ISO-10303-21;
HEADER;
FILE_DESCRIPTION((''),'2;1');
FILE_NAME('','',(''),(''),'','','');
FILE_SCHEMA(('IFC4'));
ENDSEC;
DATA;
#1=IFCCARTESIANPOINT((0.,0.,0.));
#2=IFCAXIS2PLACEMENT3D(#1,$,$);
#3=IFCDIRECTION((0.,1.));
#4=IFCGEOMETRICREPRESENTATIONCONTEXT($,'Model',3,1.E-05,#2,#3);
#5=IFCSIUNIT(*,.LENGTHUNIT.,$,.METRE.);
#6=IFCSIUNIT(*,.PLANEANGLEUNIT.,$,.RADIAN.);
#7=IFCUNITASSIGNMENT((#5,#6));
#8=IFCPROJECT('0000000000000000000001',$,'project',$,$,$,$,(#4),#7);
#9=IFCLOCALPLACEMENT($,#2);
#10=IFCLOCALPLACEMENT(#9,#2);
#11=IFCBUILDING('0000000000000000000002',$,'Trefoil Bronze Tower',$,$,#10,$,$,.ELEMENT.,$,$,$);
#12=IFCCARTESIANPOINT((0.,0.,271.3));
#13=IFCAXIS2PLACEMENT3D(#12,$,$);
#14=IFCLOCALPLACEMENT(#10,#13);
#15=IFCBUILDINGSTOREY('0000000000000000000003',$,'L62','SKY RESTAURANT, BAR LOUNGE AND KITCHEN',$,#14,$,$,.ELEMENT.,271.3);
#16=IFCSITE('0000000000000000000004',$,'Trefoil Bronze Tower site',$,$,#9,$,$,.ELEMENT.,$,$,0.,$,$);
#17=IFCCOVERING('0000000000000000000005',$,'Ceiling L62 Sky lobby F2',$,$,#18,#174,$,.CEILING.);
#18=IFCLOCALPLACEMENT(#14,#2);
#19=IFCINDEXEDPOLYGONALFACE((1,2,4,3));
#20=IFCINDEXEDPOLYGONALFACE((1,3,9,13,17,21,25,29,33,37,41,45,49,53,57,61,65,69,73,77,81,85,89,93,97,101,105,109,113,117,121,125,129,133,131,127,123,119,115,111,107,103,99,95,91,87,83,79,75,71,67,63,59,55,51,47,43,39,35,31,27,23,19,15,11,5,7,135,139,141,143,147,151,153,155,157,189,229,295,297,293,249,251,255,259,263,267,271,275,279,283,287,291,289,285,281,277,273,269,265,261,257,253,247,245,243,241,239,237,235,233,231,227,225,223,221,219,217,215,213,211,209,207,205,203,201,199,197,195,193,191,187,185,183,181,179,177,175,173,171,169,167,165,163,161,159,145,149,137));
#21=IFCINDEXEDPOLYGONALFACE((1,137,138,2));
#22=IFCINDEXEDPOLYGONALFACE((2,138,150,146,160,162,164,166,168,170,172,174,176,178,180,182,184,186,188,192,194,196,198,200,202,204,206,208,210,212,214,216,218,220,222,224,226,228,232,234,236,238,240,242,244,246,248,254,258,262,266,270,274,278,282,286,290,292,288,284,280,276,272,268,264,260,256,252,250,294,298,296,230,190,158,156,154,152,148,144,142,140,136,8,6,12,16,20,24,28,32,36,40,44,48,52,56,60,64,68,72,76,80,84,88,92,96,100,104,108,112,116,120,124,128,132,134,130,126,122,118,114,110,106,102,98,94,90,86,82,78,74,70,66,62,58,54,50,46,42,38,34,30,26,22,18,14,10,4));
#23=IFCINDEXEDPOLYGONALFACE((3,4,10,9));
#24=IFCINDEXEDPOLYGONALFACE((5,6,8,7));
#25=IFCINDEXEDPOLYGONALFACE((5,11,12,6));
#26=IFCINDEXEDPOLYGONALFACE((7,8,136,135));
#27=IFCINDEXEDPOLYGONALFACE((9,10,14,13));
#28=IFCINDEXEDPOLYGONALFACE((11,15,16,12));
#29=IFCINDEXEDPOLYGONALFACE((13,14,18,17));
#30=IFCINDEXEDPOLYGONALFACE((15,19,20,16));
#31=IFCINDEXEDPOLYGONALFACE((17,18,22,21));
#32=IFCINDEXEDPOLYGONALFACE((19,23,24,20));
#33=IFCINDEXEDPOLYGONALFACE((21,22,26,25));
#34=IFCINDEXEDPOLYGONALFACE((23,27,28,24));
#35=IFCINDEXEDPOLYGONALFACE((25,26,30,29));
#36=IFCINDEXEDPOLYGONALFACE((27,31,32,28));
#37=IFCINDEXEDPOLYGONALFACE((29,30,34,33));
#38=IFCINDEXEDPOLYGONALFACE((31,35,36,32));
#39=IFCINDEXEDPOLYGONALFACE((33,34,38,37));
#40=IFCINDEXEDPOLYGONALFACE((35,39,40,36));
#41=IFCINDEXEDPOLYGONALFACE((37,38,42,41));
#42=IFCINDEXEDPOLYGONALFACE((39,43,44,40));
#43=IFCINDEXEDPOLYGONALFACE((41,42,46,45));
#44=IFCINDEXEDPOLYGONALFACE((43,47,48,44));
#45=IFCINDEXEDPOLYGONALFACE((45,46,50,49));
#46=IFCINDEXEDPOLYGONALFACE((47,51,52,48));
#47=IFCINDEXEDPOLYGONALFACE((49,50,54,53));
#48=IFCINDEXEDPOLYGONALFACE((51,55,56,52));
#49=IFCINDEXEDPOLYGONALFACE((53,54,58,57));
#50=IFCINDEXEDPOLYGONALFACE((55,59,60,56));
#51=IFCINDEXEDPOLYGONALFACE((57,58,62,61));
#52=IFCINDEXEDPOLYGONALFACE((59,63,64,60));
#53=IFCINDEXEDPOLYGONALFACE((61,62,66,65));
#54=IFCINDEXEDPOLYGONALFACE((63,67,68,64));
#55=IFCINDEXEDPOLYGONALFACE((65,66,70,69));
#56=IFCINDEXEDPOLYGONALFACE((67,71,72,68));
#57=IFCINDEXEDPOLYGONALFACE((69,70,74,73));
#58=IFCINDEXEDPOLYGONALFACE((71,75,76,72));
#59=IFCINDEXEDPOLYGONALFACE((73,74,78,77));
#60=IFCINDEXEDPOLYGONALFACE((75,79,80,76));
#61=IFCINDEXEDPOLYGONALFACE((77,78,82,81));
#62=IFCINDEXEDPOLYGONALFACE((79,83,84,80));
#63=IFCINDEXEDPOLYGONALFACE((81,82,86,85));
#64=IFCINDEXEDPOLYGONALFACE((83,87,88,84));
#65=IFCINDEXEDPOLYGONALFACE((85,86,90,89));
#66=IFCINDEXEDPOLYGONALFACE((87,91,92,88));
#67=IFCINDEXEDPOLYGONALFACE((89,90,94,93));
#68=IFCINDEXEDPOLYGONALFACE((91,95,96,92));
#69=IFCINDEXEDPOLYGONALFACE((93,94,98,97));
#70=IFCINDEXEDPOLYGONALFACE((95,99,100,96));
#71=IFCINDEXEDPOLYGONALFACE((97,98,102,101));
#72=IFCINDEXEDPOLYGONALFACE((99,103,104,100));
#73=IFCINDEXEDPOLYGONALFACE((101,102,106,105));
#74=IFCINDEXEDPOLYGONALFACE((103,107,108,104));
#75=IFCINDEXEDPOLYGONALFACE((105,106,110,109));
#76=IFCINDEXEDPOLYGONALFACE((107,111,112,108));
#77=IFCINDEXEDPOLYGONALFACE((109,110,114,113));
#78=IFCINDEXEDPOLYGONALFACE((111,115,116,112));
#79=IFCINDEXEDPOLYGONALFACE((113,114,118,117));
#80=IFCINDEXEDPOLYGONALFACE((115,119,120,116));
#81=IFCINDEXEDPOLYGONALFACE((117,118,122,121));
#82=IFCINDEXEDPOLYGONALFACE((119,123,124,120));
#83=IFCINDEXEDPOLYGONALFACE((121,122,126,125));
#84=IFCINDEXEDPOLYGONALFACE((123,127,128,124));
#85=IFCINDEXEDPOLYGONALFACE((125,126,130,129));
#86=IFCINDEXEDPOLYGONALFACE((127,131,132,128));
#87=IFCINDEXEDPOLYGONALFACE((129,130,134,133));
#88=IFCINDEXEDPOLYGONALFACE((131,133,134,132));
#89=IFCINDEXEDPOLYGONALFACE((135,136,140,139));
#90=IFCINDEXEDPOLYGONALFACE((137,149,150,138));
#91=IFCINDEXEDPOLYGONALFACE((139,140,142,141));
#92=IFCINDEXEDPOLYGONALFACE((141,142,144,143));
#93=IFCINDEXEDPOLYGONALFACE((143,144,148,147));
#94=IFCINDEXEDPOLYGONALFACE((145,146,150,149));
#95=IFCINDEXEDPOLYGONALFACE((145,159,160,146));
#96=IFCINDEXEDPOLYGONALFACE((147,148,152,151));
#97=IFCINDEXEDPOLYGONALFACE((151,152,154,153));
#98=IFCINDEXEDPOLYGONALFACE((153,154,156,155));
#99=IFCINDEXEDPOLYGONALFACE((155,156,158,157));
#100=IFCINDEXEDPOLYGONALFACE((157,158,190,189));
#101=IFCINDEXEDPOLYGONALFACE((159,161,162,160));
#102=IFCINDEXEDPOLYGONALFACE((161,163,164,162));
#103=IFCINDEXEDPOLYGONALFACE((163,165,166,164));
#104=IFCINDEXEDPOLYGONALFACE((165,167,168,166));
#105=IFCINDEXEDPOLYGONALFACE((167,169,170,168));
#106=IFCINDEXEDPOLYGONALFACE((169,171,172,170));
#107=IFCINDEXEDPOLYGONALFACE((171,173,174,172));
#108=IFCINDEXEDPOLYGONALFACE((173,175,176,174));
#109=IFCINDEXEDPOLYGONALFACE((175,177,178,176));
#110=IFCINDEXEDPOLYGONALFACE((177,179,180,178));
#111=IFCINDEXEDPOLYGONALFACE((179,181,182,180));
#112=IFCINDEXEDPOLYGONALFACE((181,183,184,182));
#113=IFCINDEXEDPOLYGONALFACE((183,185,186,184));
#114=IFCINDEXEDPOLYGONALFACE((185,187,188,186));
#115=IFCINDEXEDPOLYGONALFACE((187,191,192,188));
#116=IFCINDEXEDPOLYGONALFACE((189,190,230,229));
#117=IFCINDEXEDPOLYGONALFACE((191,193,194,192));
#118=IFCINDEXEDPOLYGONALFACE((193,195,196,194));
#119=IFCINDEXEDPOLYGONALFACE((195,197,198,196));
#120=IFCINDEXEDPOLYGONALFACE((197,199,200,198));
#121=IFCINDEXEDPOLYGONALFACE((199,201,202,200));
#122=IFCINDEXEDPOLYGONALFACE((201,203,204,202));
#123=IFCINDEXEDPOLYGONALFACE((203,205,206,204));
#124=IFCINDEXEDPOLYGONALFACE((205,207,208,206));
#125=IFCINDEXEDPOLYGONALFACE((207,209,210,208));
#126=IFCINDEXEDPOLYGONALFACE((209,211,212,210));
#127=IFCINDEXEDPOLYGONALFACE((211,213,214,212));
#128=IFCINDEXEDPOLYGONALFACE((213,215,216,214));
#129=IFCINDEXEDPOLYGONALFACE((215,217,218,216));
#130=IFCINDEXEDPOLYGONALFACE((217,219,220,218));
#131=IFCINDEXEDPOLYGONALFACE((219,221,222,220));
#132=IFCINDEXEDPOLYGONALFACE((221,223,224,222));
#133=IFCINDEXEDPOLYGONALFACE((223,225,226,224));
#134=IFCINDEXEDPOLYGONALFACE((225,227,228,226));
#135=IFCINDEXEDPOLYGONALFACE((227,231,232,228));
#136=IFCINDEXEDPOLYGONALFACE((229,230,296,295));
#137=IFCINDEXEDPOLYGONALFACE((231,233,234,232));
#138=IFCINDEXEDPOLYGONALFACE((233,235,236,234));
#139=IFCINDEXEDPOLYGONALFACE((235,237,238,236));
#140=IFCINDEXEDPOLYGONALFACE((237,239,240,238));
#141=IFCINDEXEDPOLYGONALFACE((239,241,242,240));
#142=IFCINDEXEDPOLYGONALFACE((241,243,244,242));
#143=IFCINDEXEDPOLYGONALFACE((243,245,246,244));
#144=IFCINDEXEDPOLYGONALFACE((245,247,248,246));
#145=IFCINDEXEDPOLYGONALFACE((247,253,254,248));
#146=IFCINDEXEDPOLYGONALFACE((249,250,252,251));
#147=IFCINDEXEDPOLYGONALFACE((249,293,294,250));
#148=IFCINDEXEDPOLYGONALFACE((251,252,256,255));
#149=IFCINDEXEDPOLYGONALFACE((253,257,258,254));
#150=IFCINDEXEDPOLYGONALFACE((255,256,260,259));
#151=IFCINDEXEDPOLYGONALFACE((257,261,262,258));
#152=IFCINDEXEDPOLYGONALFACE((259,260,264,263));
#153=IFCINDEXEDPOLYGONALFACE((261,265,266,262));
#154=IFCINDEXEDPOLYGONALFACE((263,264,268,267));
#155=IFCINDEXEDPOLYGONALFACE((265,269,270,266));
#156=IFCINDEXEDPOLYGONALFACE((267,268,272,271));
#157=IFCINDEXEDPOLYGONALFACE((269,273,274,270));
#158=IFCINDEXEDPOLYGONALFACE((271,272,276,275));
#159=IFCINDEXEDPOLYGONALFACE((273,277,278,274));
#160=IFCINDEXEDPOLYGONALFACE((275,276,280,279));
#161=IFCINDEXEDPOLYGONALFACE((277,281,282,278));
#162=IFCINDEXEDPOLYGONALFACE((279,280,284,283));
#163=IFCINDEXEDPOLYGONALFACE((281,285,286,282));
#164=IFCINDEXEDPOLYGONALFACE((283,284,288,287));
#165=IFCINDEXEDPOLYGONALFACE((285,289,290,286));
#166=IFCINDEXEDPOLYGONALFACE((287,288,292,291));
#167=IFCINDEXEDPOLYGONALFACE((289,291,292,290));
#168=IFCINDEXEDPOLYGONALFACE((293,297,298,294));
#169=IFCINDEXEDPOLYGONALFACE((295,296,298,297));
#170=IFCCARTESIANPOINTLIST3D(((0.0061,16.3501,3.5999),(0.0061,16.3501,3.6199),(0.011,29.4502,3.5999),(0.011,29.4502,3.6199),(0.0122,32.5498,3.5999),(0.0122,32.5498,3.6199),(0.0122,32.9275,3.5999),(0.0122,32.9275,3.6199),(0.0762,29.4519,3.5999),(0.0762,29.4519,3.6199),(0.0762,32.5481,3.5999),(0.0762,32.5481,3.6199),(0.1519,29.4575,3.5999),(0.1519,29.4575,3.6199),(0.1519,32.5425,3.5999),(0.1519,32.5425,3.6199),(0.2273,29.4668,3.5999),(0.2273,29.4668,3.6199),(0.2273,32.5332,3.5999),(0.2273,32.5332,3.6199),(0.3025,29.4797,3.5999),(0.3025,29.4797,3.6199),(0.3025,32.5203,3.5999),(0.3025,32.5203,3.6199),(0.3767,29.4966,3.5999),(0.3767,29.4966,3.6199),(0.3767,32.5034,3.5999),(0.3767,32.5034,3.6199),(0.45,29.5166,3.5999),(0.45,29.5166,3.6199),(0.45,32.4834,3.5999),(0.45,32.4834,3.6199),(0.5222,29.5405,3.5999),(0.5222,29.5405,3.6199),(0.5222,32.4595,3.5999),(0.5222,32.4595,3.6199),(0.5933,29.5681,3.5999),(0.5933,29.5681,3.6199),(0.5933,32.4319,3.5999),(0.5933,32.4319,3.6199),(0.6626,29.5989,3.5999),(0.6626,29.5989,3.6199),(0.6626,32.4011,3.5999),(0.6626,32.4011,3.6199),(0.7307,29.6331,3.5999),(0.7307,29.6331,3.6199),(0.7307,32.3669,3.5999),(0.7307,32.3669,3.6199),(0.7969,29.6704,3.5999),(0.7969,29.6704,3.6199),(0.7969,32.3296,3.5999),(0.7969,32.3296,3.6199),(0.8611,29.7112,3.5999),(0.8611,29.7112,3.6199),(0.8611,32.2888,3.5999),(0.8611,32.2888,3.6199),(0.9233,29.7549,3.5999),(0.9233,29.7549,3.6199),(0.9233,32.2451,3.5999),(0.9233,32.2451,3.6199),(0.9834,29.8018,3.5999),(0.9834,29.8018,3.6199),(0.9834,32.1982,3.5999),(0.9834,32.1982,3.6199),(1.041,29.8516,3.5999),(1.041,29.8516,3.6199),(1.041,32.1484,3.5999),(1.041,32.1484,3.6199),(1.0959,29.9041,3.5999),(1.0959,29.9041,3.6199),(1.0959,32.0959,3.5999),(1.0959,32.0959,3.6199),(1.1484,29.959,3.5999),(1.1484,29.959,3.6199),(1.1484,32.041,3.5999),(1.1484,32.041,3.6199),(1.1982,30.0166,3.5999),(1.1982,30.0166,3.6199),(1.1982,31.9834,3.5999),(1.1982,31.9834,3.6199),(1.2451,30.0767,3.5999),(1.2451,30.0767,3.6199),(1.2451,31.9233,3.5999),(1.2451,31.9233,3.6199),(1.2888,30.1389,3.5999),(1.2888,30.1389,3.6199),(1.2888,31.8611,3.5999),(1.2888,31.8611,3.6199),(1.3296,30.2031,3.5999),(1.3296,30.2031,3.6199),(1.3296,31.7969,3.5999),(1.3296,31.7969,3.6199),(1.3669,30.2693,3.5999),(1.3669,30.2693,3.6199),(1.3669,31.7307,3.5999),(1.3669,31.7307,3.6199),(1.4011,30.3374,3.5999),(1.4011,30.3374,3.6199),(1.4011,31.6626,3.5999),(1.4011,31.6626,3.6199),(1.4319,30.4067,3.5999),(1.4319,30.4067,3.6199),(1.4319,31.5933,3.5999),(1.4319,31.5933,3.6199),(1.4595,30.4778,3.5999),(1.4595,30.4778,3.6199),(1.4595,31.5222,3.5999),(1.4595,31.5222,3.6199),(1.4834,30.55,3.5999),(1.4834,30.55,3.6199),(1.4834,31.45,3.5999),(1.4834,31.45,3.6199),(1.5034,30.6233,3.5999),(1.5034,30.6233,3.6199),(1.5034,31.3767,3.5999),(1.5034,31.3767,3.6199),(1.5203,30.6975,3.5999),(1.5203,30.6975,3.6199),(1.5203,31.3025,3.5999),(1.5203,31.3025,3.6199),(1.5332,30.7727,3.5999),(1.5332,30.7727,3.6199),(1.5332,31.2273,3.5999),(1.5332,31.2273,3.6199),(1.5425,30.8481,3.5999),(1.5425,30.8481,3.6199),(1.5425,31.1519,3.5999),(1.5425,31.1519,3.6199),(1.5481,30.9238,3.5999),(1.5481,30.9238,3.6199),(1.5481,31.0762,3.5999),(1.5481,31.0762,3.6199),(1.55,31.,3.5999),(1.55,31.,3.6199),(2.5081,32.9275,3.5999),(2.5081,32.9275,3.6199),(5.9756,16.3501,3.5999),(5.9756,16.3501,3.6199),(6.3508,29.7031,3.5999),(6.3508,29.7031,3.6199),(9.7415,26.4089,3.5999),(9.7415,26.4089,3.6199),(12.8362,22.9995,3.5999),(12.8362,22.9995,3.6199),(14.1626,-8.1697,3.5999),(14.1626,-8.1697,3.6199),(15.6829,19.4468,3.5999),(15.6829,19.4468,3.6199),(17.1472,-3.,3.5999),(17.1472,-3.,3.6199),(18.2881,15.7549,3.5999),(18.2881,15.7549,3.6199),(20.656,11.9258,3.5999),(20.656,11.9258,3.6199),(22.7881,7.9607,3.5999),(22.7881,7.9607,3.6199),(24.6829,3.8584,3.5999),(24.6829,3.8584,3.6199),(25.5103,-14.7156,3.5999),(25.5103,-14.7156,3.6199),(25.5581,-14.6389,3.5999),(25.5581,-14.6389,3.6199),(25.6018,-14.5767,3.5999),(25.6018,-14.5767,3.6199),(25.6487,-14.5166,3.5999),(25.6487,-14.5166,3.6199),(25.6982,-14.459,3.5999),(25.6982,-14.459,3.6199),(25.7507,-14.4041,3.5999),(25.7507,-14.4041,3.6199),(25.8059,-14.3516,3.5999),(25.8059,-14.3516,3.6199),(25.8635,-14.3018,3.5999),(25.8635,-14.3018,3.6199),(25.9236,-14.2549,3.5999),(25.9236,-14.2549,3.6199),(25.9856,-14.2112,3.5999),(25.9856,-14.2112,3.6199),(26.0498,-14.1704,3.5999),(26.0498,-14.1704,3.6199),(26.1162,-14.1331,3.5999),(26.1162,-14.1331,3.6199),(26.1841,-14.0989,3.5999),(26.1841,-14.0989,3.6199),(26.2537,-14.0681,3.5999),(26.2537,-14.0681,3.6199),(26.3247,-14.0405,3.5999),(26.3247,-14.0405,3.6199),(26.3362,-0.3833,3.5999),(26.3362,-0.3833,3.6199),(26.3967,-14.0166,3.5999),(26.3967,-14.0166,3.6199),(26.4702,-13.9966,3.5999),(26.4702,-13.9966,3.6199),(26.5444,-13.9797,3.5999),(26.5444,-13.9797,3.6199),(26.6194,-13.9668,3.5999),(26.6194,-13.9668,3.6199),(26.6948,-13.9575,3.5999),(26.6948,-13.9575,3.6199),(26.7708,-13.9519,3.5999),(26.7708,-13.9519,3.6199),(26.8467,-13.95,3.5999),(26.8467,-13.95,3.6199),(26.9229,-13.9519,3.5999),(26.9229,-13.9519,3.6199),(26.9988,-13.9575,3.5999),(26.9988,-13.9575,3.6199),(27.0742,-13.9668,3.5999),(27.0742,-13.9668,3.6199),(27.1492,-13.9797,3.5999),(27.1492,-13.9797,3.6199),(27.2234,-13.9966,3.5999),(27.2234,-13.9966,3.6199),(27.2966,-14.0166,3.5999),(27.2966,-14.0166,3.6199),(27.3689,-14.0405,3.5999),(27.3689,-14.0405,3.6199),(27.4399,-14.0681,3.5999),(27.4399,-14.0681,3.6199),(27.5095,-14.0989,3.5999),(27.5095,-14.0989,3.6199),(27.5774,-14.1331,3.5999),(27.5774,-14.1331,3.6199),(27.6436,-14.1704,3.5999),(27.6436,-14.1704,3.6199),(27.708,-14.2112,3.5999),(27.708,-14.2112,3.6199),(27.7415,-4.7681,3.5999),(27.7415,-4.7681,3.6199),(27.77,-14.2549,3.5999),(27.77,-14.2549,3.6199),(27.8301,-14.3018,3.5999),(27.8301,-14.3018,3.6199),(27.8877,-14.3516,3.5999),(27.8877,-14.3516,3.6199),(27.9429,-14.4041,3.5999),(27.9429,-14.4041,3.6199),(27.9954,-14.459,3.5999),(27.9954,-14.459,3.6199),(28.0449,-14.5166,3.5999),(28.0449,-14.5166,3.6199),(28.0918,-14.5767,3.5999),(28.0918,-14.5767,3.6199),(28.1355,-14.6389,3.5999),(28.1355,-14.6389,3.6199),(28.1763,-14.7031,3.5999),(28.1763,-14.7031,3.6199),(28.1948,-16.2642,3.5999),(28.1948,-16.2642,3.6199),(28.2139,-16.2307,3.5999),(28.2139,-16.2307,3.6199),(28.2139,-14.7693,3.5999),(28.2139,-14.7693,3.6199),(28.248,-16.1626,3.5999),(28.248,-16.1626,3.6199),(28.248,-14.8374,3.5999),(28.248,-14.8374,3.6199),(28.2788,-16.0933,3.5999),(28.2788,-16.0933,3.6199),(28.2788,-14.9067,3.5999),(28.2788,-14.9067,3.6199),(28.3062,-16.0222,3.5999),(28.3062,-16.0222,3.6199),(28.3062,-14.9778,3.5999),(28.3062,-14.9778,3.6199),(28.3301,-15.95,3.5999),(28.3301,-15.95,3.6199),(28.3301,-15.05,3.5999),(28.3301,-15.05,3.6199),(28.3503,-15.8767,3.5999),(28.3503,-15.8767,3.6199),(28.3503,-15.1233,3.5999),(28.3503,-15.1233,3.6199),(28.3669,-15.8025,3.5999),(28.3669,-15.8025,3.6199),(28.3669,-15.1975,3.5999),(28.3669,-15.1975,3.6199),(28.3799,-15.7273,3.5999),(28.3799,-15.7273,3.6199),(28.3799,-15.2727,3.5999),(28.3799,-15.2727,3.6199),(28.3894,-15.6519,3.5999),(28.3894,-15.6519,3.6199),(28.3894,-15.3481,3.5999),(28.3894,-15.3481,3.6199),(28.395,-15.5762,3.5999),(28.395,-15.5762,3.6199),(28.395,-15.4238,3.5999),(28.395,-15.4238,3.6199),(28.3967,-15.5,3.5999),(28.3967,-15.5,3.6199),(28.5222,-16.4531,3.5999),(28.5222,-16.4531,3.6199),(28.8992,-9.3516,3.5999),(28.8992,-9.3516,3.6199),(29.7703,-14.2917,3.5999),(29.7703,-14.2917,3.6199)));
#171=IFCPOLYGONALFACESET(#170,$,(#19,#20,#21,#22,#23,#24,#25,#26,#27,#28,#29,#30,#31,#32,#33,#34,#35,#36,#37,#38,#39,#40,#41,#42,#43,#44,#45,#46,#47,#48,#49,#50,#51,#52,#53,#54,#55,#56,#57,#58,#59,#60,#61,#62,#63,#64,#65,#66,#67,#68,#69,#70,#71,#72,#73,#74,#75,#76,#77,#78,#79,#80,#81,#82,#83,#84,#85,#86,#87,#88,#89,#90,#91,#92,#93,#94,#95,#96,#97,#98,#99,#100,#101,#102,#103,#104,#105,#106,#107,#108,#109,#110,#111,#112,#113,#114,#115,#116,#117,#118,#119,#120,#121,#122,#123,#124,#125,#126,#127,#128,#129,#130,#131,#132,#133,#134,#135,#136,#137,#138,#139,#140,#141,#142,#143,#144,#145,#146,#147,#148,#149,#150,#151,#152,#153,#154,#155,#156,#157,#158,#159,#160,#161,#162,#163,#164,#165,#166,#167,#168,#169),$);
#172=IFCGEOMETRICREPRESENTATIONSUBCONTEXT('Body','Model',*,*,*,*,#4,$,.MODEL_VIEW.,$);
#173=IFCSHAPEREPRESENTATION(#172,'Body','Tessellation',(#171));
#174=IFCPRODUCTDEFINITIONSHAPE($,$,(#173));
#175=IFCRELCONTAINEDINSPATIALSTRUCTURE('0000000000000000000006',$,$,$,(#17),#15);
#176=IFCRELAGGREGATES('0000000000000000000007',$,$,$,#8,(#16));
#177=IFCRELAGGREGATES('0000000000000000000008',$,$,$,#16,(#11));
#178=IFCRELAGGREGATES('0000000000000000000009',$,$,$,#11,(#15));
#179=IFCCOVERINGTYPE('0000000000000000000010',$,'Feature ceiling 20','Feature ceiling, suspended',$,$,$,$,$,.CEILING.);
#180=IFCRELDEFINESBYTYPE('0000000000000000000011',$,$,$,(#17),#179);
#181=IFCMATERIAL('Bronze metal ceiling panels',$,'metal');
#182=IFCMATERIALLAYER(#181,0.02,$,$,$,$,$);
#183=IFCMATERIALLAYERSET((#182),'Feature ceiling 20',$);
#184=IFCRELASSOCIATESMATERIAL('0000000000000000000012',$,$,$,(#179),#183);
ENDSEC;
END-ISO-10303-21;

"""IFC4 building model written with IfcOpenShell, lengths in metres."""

from ifc_helpers import new_model, si_unit, direction, frame, origin, place, context, subcontext, project, spatial, polyline, outline, extrude, material, layer, layer_set, type_object, element, save


model = new_model("IFC4")

# Units and contexts
model_context = context("Model", 3, precision=1e-05, world=origin(), true_north=direction((0.0, 1.0)))
body_context = subcontext(model_context, "Body", "Model", "MODEL_VIEW")
ifc_project = project(units=[si_unit("LENGTHUNIT", "METRE"), si_unit("PLANEANGLEUNIT", "RADIAN")], contexts=[model_context])

# Site, building, storey
site_placement = place(None, origin())
site = spatial("IfcSite", under=ifc_project, at=site_placement, Name="Trefoil Bronze Tower site", CompositionType="ELEMENT", RefElevation=0.0)
building_placement = place(site_placement, origin())
building = spatial("IfcBuilding", under=site, at=building_placement, Name="Trefoil Bronze Tower", CompositionType="ELEMENT")
storey_placement = place(building_placement, frame((0.0, 0.0, 271.3)))
storey = spatial("IfcBuildingStorey", under=building, at=storey_placement, Name="L62", Description="SKY RESTAURANT, BAR LOUNGE AND KITCHEN", CompositionType="ELEMENT", Elevation=271.3)

# Covering
ifc_material_1 = material(Name="Bronze metal ceiling panels", Category="metal")
ifc_layer_1 = layer(ifc_material_1, 0.02)
ifc_layer_set_1 = layer_set([ifc_layer_1], Name="Feature ceiling 20")
covering_type_1 = type_object("IfcCoveringType", Name="Feature ceiling 20", Description="Feature ceiling, suspended", PredefinedType="CEILING", material=ifc_layer_set_1)
covering_1_placement = place(storey_placement, frame((0.0, 0.0, 3.5999)))
element("IfcCovering", 1, at=covering_1_placement, inside=storey, type_object=covering_type_1, Name="Ceiling L62 Sky lobby F2", PredefinedType="CEILING", context=body_context, shape_type="SweptSolid", body=[
    extrude(outline(polyline([(9.7415, 26.4089), (12.8362, 22.9995), (15.6829, 19.4468), (18.2881, 15.7549), (20.656, 11.9258), (22.7881, 7.9607), (24.6829, 3.8584), (26.3362, -0.3833), (27.7415, -4.7681), (28.8992, -9.3516), (29.7703, -14.2917), (28.5222, -16.4531), (28.1948, -16.2642), (28.2139, -16.2307), (28.248, -16.1626), (28.2788, -16.0933), (28.3062, -16.0222), (28.3301, -15.95), (28.3503, -15.8767), (28.3669, -15.8025), (28.3799, -15.7273), (28.3894, -15.6519), (28.395, -15.5762), (28.3967, -15.5), (28.395, -15.4238), (28.3894, -15.3481), (28.3799, -15.2727), (28.3669, -15.1975), (28.3503, -15.1233), (28.3301, -15.05), (28.3062, -14.9778), (28.2788, -14.9067), (28.248, -14.8374), (28.2139, -14.7693), (28.1763, -14.7031), (28.1355, -14.6389), (28.0918, -14.5767), (28.0449, -14.5166), (27.9954, -14.459), (27.9429, -14.4041), (27.8877, -14.3516), (27.8301, -14.3018), (27.77, -14.2549), (27.708, -14.2112), (27.6436, -14.1704), (27.5774, -14.1331), (27.5095, -14.0989), (27.4399, -14.0681), (27.3689, -14.0405), (27.2966, -14.0166), (27.2234, -13.9966), (27.1492, -13.9797), (27.0742, -13.9668), (26.9988, -13.9575), (26.9229, -13.9519), (26.8467, -13.95), (26.7708, -13.9519), (26.6948, -13.9575), (26.6194, -13.9668), (26.5444, -13.9797), (26.4702, -13.9966), (26.3967, -14.0166), (26.3247, -14.0405), (26.2537, -14.0681), (26.1841, -14.0989), (26.1162, -14.1331), (26.0498, -14.1704), (25.9856, -14.2112), (25.9236, -14.2549), (25.8635, -14.3018), (25.8059, -14.3516), (25.7507, -14.4041), (25.6982, -14.459), (25.6487, -14.5166), (25.6018, -14.5767), (25.5581, -14.6389), (25.5103, -14.7156), (14.1626, -8.1697), (17.1472, -3.0), (5.9756, 16.3501), (0.0061, 16.3501), (0.011, 29.4502), (0.0762, 29.4519), (0.1519, 29.4575), (0.2273, 29.4668), (0.3025, 29.4797), (0.3767, 29.4966), (0.45, 29.5166), (0.5222, 29.5405), (0.5933, 29.5681), (0.6626, 29.5989), (0.7307, 29.6331), (0.7969, 29.6704), (0.8611, 29.7112), (0.9233, 29.7549), (0.9834, 29.8018), (1.041, 29.8516), (1.0959, 29.9041), (1.1484, 29.959), (1.1982, 30.0166), (1.2451, 30.0767), (1.2888, 30.1389), (1.3296, 30.2031), (1.3669, 30.2693), (1.4011, 30.3374), (1.4319, 30.4067), (1.4595, 30.4778), (1.4834, 30.55), (1.5034, 30.6233), (1.5203, 30.6975), (1.5332, 30.7727), (1.5425, 30.8481), (1.5481, 30.9238), (1.55, 31.0), (1.5481, 31.0762), (1.5425, 31.1519), (1.5332, 31.2273), (1.5203, 31.3025), (1.5034, 31.3767), (1.4834, 31.45), (1.4595, 31.5222), (1.4319, 31.5933), (1.4011, 31.6626), (1.3669, 31.7307), (1.3296, 31.7969), (1.2888, 31.8611), (1.2451, 31.9233), (1.1982, 31.9834), (1.1484, 32.041), (1.0959, 32.0959), (1.041, 32.1484), (0.9834, 32.1982), (0.9233, 32.2451), (0.8611, 32.2888), (0.7969, 32.3296), (0.7307, 32.3669), (0.6626, 32.4011), (0.5933, 32.4319), (0.5222, 32.4595), (0.45, 32.4834), (0.3767, 32.5034), (0.3025, 32.5203), (0.2273, 32.5332), (0.1519, 32.5425), (0.0762, 32.5481), (0.0122, 32.5498), (0.0122, 32.9275), (2.5081, 32.9275), (6.3508, 29.7031), (9.7415, 26.4089)])), origin(), (0.0, 0.0, 1.0), 0.02),
])

save(model, "model.ifc")
